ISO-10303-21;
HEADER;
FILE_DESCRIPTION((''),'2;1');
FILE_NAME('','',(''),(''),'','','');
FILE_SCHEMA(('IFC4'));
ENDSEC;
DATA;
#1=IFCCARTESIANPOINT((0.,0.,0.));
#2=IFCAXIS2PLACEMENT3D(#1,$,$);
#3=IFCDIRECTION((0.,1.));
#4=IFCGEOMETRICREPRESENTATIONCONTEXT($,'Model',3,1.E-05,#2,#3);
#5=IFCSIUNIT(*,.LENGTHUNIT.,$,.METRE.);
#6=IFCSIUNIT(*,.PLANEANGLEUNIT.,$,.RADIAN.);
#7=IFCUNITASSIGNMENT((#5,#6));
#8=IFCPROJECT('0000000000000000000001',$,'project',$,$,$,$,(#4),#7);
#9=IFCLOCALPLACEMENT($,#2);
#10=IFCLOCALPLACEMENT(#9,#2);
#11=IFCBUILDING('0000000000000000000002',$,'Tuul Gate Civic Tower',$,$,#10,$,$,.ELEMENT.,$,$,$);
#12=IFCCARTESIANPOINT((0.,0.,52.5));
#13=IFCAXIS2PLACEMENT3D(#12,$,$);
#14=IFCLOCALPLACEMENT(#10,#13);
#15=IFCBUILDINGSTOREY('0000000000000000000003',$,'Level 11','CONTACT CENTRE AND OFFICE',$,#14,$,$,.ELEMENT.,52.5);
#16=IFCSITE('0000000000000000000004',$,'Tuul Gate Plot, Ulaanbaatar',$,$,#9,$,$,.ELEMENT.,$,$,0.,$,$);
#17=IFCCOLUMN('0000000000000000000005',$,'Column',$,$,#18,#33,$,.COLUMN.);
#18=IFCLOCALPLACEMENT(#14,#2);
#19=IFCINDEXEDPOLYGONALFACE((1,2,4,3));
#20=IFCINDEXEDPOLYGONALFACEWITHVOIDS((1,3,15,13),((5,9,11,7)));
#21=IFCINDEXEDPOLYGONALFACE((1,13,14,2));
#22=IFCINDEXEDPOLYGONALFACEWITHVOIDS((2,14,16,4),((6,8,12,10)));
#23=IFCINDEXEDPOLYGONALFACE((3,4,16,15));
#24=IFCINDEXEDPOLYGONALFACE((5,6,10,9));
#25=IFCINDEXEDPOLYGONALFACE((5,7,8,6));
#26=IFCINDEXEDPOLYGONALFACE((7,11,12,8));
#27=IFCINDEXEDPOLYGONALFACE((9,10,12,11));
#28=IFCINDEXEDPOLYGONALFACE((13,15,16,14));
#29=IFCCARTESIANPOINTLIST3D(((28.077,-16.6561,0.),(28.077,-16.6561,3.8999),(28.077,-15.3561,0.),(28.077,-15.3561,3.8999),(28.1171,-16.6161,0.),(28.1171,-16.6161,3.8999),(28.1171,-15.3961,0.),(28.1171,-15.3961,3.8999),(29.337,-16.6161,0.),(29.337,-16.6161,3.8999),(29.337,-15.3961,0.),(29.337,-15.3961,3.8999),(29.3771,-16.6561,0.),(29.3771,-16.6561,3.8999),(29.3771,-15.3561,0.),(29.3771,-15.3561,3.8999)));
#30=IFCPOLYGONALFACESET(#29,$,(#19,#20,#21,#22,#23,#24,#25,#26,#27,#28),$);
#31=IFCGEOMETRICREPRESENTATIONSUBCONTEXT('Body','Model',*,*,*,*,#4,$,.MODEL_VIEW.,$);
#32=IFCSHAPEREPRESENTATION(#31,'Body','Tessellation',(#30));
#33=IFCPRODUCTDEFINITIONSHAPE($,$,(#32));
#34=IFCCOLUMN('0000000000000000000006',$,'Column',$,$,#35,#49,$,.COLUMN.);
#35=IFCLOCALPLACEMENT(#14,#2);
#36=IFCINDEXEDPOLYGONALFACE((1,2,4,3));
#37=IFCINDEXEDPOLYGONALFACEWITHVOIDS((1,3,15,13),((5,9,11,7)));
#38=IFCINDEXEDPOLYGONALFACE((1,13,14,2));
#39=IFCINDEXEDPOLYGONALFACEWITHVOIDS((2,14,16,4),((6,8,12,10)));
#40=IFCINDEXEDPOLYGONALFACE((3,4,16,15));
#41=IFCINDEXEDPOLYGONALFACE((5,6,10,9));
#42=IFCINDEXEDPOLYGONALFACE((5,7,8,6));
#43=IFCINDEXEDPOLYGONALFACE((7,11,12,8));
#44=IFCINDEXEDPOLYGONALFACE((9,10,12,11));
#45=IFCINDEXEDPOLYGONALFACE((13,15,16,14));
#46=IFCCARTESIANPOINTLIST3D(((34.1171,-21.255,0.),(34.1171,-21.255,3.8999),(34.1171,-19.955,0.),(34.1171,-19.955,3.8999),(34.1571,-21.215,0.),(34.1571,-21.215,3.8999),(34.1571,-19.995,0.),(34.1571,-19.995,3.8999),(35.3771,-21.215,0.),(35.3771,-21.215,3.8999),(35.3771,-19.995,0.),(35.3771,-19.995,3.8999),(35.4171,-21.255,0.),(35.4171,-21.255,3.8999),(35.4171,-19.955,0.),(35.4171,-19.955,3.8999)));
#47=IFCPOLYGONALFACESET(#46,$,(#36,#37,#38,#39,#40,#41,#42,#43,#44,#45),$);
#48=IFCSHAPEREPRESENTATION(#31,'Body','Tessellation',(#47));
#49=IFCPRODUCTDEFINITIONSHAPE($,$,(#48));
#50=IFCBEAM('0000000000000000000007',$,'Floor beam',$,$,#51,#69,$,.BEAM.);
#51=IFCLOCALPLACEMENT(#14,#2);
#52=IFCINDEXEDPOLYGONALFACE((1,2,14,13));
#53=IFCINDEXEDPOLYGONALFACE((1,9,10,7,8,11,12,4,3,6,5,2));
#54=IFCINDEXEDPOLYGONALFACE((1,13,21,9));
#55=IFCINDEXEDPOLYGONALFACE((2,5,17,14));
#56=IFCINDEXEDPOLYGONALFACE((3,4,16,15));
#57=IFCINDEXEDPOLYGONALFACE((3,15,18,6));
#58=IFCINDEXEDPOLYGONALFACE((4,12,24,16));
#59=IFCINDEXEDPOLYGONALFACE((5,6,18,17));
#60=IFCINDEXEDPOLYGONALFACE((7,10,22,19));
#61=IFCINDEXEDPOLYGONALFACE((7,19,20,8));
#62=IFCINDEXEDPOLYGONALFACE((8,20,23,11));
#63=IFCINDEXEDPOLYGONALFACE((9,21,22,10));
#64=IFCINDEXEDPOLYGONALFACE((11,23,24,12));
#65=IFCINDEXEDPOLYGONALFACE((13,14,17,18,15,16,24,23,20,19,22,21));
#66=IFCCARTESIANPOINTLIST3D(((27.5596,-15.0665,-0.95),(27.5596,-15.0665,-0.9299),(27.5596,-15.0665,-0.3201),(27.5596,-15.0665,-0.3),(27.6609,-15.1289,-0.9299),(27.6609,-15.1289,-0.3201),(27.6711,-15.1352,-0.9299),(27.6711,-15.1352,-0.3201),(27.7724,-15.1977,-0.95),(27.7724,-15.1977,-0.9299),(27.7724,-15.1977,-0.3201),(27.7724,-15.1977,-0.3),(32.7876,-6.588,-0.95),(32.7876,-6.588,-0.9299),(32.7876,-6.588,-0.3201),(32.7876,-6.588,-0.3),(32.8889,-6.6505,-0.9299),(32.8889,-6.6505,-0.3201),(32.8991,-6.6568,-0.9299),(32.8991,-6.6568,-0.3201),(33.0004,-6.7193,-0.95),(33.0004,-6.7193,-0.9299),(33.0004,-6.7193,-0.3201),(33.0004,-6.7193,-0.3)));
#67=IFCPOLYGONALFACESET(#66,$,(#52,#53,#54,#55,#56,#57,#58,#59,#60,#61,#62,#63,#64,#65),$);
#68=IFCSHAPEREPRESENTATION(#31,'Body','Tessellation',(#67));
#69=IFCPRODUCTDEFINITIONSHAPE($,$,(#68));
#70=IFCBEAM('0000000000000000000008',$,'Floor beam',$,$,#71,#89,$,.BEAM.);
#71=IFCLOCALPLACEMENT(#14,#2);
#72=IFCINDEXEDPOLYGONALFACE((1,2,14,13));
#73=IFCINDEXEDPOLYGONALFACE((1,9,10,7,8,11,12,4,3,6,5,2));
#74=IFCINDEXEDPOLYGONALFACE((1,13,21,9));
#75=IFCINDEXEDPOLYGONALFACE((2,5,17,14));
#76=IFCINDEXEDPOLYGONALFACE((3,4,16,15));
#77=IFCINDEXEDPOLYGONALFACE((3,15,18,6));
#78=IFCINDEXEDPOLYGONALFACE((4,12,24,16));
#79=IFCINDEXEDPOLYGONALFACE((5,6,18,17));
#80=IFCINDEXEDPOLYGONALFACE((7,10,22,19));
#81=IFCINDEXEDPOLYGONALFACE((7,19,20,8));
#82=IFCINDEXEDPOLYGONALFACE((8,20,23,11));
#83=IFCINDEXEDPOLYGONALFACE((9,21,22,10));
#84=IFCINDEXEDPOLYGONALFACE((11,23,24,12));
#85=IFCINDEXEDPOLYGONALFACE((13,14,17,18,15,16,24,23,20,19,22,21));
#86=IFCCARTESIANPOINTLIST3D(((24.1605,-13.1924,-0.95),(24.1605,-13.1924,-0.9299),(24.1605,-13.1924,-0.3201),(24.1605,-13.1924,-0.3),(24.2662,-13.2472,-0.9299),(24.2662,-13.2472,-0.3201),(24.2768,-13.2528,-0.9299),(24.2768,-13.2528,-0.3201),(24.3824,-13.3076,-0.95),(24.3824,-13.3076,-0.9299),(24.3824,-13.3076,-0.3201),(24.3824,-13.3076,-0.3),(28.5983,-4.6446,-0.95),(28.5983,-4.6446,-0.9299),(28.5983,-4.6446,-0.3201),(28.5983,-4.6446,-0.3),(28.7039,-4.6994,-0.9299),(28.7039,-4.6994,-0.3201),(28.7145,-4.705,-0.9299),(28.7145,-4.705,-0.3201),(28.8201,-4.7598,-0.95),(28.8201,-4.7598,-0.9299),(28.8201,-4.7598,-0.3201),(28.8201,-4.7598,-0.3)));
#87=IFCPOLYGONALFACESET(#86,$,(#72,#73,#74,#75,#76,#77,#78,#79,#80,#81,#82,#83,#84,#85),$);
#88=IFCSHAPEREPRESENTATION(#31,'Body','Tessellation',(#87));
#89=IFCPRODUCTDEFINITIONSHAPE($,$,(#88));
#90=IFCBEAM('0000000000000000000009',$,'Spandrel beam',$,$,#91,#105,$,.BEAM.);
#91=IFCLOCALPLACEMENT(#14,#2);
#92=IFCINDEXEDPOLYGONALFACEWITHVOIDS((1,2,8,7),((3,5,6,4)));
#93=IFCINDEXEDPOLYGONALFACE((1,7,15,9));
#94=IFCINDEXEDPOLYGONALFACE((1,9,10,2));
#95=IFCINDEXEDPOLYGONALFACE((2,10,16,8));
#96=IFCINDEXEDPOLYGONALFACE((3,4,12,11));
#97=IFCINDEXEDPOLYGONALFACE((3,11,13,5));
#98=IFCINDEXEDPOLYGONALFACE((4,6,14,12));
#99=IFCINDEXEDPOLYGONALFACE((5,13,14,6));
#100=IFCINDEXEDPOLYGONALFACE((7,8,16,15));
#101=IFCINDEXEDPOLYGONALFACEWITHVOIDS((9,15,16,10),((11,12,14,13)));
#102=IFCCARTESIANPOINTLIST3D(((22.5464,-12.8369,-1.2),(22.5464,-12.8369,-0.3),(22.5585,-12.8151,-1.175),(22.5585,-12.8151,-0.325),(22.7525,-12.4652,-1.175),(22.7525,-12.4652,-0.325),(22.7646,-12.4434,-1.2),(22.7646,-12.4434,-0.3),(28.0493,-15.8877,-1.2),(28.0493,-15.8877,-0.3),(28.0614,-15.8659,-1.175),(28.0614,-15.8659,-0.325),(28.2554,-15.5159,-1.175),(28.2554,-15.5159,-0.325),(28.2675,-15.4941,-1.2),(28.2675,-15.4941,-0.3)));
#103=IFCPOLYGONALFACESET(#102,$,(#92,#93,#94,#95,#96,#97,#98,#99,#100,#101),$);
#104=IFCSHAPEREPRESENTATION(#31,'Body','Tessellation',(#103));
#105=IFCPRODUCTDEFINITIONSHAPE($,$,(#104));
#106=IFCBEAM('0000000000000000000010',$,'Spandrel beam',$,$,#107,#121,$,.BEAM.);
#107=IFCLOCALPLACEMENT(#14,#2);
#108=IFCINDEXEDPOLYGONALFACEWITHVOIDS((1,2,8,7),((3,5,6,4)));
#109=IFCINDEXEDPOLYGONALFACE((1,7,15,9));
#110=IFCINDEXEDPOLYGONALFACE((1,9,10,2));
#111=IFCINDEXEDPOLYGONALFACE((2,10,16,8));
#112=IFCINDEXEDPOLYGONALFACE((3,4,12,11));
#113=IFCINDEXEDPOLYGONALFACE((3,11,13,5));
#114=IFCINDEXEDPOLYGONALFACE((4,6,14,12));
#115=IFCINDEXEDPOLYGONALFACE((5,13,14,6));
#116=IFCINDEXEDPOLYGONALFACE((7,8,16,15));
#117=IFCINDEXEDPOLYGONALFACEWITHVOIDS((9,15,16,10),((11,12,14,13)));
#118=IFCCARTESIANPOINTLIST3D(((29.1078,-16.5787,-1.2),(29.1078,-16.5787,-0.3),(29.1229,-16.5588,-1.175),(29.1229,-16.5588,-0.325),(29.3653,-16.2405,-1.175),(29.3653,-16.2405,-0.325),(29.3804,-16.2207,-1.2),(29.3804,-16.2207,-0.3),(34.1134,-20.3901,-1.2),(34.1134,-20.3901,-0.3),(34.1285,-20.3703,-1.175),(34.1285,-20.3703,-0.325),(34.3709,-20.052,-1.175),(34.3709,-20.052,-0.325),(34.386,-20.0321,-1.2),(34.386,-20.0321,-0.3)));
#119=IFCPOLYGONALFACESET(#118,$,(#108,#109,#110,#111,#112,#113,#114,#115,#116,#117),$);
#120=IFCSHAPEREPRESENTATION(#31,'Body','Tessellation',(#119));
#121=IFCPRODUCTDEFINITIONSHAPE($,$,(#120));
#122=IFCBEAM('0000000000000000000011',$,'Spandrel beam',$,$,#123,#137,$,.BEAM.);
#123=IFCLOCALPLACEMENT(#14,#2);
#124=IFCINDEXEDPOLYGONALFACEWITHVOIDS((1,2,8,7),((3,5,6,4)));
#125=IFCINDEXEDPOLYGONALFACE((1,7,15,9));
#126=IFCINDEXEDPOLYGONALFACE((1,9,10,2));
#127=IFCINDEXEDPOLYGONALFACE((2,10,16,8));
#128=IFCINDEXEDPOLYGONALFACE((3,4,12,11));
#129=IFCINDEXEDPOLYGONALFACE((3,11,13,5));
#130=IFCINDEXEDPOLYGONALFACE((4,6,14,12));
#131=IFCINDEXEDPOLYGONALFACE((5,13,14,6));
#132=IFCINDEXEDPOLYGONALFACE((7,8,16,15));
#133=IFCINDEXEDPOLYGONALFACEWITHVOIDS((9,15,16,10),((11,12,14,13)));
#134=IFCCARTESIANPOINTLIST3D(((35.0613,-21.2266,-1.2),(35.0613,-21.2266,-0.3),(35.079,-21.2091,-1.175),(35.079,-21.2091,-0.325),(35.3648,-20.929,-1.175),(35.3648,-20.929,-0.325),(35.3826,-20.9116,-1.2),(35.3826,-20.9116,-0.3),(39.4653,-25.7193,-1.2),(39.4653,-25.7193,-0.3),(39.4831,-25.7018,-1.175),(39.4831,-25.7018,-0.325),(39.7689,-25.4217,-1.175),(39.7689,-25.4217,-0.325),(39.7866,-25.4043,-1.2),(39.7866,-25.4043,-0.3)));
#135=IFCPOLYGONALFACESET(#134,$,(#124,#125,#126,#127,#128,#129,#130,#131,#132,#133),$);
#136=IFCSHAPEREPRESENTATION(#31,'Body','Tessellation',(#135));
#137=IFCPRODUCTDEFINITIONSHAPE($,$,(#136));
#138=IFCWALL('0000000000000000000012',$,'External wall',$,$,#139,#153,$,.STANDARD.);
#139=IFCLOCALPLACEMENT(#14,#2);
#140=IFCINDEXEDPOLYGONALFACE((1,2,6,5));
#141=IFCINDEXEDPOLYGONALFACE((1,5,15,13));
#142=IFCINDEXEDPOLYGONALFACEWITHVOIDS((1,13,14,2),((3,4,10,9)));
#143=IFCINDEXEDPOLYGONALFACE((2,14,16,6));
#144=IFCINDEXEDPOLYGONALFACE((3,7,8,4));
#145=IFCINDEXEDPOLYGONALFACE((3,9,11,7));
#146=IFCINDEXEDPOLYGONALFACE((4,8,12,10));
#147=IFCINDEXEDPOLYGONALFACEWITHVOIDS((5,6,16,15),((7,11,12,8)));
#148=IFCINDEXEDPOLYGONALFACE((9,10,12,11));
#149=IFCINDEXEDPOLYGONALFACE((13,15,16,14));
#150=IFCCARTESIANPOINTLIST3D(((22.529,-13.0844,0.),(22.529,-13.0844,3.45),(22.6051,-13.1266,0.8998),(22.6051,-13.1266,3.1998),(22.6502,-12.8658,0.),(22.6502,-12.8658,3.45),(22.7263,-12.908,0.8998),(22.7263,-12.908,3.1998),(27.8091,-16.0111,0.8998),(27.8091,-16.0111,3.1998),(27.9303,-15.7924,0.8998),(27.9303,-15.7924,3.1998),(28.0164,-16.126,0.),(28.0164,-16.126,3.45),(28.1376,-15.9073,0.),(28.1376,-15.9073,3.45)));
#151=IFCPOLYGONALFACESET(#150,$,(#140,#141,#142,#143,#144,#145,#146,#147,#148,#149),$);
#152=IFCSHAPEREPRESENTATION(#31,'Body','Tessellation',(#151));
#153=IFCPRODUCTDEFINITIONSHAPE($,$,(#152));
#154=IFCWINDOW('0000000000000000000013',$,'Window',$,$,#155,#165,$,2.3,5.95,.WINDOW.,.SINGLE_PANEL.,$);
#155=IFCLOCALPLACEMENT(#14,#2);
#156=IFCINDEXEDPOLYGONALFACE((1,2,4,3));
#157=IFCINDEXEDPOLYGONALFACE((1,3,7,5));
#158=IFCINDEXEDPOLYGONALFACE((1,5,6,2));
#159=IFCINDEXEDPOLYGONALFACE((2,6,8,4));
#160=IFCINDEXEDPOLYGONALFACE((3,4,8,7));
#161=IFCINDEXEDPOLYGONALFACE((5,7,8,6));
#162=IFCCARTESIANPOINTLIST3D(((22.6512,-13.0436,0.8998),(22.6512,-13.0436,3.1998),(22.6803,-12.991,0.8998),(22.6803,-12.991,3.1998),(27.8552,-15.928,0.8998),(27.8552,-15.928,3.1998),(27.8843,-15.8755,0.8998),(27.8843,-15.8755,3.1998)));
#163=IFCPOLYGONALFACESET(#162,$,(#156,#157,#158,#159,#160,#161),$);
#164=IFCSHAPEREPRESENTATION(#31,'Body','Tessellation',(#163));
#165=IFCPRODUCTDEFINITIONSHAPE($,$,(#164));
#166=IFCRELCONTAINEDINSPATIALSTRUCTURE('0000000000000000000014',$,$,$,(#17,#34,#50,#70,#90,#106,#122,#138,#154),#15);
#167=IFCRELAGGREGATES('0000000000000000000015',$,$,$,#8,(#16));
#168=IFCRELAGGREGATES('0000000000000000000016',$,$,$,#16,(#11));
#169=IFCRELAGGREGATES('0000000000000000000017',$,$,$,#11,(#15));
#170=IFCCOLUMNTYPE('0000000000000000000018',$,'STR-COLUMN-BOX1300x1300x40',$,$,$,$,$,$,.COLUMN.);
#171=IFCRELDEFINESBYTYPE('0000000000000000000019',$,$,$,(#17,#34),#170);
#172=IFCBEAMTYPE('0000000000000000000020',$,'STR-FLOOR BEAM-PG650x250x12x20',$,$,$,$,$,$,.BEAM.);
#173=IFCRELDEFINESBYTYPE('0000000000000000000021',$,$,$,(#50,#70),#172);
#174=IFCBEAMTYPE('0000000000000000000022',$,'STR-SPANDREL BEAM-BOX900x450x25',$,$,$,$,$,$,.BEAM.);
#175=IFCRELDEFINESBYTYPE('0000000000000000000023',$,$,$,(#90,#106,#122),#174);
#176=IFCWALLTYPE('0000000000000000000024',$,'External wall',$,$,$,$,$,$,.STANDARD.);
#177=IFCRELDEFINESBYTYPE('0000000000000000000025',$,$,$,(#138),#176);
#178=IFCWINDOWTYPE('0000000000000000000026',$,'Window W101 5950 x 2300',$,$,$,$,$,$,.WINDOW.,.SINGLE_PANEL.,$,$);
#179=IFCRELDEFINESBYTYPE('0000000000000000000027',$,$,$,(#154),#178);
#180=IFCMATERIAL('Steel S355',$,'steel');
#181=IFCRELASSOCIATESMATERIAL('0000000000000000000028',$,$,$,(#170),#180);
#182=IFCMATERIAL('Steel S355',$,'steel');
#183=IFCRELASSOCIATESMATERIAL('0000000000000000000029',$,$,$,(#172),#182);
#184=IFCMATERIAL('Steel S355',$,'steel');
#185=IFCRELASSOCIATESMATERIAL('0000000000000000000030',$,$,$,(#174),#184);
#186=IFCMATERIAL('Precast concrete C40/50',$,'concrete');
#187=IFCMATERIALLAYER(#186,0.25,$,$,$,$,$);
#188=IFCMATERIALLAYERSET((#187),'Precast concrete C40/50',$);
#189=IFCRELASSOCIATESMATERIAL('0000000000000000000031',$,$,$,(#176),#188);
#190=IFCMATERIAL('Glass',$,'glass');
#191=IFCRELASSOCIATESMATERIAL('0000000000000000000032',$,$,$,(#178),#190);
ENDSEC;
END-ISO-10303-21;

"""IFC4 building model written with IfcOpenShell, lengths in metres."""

from ifc_helpers import new_model, si_unit, direction, frame, frame_2d, origin, origin_2d, place, context, subcontext, project, spatial, rectangle, hollow_rectangle, i_section, extrude, material, layer, layer_set, material_profile, profile_set, type_object, element, fill, save


model = new_model("IFC4")

# Units and contexts
model_context = context("Model", 3, precision=1e-05, world=origin(), true_north=direction((0.0, 1.0)))
body_context = subcontext(model_context, "Body", "Model", "MODEL_VIEW")
ifc_project = project(units=[si_unit("LENGTHUNIT", "METRE"), si_unit("PLANEANGLEUNIT", "RADIAN")], contexts=[model_context])

# Site, building, storey
site_placement = place(None, origin())
site = spatial("IfcSite", under=ifc_project, at=site_placement, Name="Tuul Gate Plot, Ulaanbaatar", CompositionType="ELEMENT", RefElevation=0.0)
building_placement = place(site_placement, origin())
building = spatial("IfcBuilding", under=site, at=building_placement, Name="Tuul Gate Civic Tower", CompositionType="ELEMENT")
storey_placement = place(building_placement, frame((0.0, 0.0, 52.5)))
storey = spatial("IfcBuildingStorey", under=building, at=storey_placement, Name="Level 11", Description="CONTACT CENTRE AND OFFICE", CompositionType="ELEMENT", Elevation=52.5)

# Columns
ifc_material_1 = material(Name="Steel S355", Category="steel")
ifc_material_profile_1 = material_profile(ifc_material_1, hollow_rectangle(XDim=1.3, YDim=1.3, WallThickness=0.04, at=origin_2d()), Name="BOX1300x1300x40")
ifc_profile_set_1 = profile_set([ifc_material_profile_1], Name="Steel S355")
column_type = type_object("IfcColumnType", Name="STR-COLUMN-BOX1300x1300x40", PredefinedType="COLUMN", material=ifc_profile_set_1)
for number, where, z_axis, x_axis, name in (
    (1, (28.7271, -16.0061, 0.0), (0.0, 0.0, 1.0), (1.0, 0.0, 0.0), "Column"),
    (2, (34.7671, -20.605, 0.0), (0.0, 0.0, 1.0), (1.0, 0.0, 0.0), "Column"),
):
    element("IfcColumn", number, at=place(storey_placement, frame(where, z_axis=z_axis, x_axis=x_axis)), inside=storey, type_object=column_type, Name=name, PredefinedType="COLUMN", context=body_context, shape_type="SweptSolid", body=[
        extrude(hollow_rectangle(XDim=1.3, YDim=1.3, WallThickness=0.04, at=origin_2d()), origin(), (0.0, 0.0, 1.0), 3.8999),
    ])

# Beams
ifc_material_2 = material(Name="Steel S355", Category="steel")
ifc_material_profile_2 = material_profile(ifc_material_2, i_section(OverallWidth=0.25, OverallDepth=0.6499, WebThickness=0.012, FlangeThickness=0.02, at=origin_2d()), Name="PG650x250x12x20")
ifc_profile_set_2 = profile_set([ifc_material_profile_2], Name="Steel S355")
beam_type_1 = type_object("IfcBeamType", Name="STR-FLOOR BEAM-PG650x250x12x20", PredefinedType="BEAM", material=ifc_profile_set_2)
beam_1_placement = place(storey_placement, frame((27.666, -15.1321, -0.625), z_axis=(0.52486, 0.851188, 0.0), x_axis=(-0.851188, 0.52486, 0.0)))
element("IfcBeam", 3, at=beam_1_placement, inside=storey, type_object=beam_type_1, Name="Floor beam", PredefinedType="BEAM", context=body_context, shape_type="SweptSolid", body=[
    extrude(i_section(OverallWidth=0.25, OverallDepth=0.6499, WebThickness=0.012, FlangeThickness=0.02, at=origin_2d()), origin(), (0.0, 0.0, 1.0), 9.9607),
])
beam_2_placement = place(storey_placement, frame((24.2715, -13.25, -0.625), z_axis=(0.460769, 0.88752, 0.0), x_axis=(-0.88752, 0.460769, 0.0)))
element("IfcBeam", 4, at=beam_2_placement, inside=storey, type_object=beam_type_1, Name="Floor beam", PredefinedType="BEAM", context=body_context, shape_type="SweptSolid", body=[
    extrude(i_section(OverallWidth=0.25, OverallDepth=0.6499, WebThickness=0.012, FlangeThickness=0.02, at=origin_2d()), origin(), (0.0, 0.0, 1.0), 9.6311),
])
ifc_material_3 = material(Name="Steel S355", Category="steel")
ifc_material_profile_3 = material_profile(ifc_material_3, hollow_rectangle(XDim=0.45, YDim=0.8999, WallThickness=0.0249, at=origin_2d()), Name="BOX900x450x25")
ifc_profile_set_3 = profile_set([ifc_material_profile_3], Name="Steel S355")
beam_type_2 = type_object("IfcBeamType", Name="STR-SPANDREL BEAM-BOX900x450x25", PredefinedType="BEAM", material=ifc_profile_set_3)
beam_3_placement = place(storey_placement, frame((22.6555, -12.6401, -0.75), z_axis=(0.874589, -0.484865, 0.0), x_axis=(0.484865, 0.874589, 0.0)))
element("IfcBeam", 5, at=beam_3_placement, inside=storey, type_object=beam_type_2, Name="Spandrel beam", PredefinedType="BEAM", context=body_context, shape_type="SweptSolid", body=[
    extrude(hollow_rectangle(XDim=0.45, YDim=0.8999, WallThickness=0.0249, at=origin_2d()), origin(), (0.0, 0.0, 1.0), 6.292),
])
beam_4_placement = place(storey_placement, frame((29.2441, -16.3997, -0.75), z_axis=(0.795606, -0.605814, 0.0), x_axis=(0.605814, 0.795606, 0.0)))
element("IfcBeam", 6, at=beam_4_placement, inside=storey, type_object=beam_type_2, Name="Spandrel beam", PredefinedType="BEAM", context=body_context, shape_type="SweptSolid", body=[
    extrude(hollow_rectangle(XDim=0.45, YDim=0.8999, WallThickness=0.0249, at=origin_2d()), origin(), (0.0, 0.0, 1.0), 6.2915),
])
beam_5_placement = place(storey_placement, frame((35.2219, -21.0691, -0.75), z_axis=(0.700028, -0.714115, 0.0), x_axis=(0.714115, 0.700028, 0.0)))
element("IfcBeam", 7, at=beam_5_placement, inside=storey, type_object=beam_type_2, Name="Spandrel beam", PredefinedType="BEAM", context=body_context, shape_type="SweptSolid", body=[
    extrude(hollow_rectangle(XDim=0.45, YDim=0.8999, WallThickness=0.0249, at=origin_2d()), origin(), (0.0, 0.0, 1.0), 6.2913),
])

# Wall, opening, window
ifc_material_4 = material(Name="Precast concrete C40/50", Category="concrete")
ifc_layer_1 = layer(ifc_material_4, 0.25)
ifc_layer_set_1 = layer_set([ifc_layer_1], Name="Precast concrete C40/50")
wall_type_1 = type_object("IfcWallType", Name="External wall", PredefinedType="STANDARD", material=ifc_layer_set_1)
wall_1_placement = place(storey_placement, frame((22.5896, -12.9751, 0.0), z_axis=(0.0, 0.0, 1.0), x_axis=(0.87463, -0.48479, 0.0)))
wall_1 = element("IfcWall", 8, at=wall_1_placement, inside=storey, type_object=wall_type_1, Name="External wall", PredefinedType="STANDARD", context=body_context, shape_type="SweptSolid", body=[
    extrude(rectangle(XDim=6.2739, YDim=0.25, at=frame_2d((3.137, 0.0))), origin(), (0.0, 0.0, 1.0), 3.45),
])
opening_1_placement = place(wall_1_placement, frame((0.0869, 0.0, 0.8999)))
opening_1 = element("IfcOpeningElement", 9, at=opening_1_placement, cuts=wall_1, PredefinedType="OPENING", context=body_context, shape_type="SweptSolid", body=[
    extrude(rectangle(XDim=5.95, YDim=2.3, at=frame_2d((2.9751, 1.1499))), frame((0.0, 0.135, 0.0), z_axis=(0.0, -1.0, 0.0), x_axis=(1.0, 0.0, 0.0)), (0.0, 0.0, 1.0), 0.27),
])
ifc_material_5 = material(Name="Glass", Category="glass")
window_type_1 = type_object("IfcWindowType", Name="Window W101 5950 x 2300", PartitioningType="SINGLE_PANEL", PredefinedType="WINDOW", material=ifc_material_5)
window_1_placement = place(opening_1_placement, origin())
window_1 = element("IfcWindow", 10, at=window_1_placement, inside=storey, type_object=window_type_1, Name="Window", OverallHeight=2.3, OverallWidth=5.95, PartitioningType="SINGLE_PANEL", PredefinedType="WINDOW", context=body_context, shape_type="SweptSolid", body=[
    extrude(rectangle(XDim=5.95, YDim=2.3, at=frame_2d((2.9751, 1.1499))), frame((0.0, 0.03, 0.0), z_axis=(0.0, -1.0, 0.0), x_axis=(1.0, 0.0, 0.0)), (0.0, 0.0, 1.0), 0.0601),
])
fill(opening_1, window_1)

save(model, "model.ifc")
